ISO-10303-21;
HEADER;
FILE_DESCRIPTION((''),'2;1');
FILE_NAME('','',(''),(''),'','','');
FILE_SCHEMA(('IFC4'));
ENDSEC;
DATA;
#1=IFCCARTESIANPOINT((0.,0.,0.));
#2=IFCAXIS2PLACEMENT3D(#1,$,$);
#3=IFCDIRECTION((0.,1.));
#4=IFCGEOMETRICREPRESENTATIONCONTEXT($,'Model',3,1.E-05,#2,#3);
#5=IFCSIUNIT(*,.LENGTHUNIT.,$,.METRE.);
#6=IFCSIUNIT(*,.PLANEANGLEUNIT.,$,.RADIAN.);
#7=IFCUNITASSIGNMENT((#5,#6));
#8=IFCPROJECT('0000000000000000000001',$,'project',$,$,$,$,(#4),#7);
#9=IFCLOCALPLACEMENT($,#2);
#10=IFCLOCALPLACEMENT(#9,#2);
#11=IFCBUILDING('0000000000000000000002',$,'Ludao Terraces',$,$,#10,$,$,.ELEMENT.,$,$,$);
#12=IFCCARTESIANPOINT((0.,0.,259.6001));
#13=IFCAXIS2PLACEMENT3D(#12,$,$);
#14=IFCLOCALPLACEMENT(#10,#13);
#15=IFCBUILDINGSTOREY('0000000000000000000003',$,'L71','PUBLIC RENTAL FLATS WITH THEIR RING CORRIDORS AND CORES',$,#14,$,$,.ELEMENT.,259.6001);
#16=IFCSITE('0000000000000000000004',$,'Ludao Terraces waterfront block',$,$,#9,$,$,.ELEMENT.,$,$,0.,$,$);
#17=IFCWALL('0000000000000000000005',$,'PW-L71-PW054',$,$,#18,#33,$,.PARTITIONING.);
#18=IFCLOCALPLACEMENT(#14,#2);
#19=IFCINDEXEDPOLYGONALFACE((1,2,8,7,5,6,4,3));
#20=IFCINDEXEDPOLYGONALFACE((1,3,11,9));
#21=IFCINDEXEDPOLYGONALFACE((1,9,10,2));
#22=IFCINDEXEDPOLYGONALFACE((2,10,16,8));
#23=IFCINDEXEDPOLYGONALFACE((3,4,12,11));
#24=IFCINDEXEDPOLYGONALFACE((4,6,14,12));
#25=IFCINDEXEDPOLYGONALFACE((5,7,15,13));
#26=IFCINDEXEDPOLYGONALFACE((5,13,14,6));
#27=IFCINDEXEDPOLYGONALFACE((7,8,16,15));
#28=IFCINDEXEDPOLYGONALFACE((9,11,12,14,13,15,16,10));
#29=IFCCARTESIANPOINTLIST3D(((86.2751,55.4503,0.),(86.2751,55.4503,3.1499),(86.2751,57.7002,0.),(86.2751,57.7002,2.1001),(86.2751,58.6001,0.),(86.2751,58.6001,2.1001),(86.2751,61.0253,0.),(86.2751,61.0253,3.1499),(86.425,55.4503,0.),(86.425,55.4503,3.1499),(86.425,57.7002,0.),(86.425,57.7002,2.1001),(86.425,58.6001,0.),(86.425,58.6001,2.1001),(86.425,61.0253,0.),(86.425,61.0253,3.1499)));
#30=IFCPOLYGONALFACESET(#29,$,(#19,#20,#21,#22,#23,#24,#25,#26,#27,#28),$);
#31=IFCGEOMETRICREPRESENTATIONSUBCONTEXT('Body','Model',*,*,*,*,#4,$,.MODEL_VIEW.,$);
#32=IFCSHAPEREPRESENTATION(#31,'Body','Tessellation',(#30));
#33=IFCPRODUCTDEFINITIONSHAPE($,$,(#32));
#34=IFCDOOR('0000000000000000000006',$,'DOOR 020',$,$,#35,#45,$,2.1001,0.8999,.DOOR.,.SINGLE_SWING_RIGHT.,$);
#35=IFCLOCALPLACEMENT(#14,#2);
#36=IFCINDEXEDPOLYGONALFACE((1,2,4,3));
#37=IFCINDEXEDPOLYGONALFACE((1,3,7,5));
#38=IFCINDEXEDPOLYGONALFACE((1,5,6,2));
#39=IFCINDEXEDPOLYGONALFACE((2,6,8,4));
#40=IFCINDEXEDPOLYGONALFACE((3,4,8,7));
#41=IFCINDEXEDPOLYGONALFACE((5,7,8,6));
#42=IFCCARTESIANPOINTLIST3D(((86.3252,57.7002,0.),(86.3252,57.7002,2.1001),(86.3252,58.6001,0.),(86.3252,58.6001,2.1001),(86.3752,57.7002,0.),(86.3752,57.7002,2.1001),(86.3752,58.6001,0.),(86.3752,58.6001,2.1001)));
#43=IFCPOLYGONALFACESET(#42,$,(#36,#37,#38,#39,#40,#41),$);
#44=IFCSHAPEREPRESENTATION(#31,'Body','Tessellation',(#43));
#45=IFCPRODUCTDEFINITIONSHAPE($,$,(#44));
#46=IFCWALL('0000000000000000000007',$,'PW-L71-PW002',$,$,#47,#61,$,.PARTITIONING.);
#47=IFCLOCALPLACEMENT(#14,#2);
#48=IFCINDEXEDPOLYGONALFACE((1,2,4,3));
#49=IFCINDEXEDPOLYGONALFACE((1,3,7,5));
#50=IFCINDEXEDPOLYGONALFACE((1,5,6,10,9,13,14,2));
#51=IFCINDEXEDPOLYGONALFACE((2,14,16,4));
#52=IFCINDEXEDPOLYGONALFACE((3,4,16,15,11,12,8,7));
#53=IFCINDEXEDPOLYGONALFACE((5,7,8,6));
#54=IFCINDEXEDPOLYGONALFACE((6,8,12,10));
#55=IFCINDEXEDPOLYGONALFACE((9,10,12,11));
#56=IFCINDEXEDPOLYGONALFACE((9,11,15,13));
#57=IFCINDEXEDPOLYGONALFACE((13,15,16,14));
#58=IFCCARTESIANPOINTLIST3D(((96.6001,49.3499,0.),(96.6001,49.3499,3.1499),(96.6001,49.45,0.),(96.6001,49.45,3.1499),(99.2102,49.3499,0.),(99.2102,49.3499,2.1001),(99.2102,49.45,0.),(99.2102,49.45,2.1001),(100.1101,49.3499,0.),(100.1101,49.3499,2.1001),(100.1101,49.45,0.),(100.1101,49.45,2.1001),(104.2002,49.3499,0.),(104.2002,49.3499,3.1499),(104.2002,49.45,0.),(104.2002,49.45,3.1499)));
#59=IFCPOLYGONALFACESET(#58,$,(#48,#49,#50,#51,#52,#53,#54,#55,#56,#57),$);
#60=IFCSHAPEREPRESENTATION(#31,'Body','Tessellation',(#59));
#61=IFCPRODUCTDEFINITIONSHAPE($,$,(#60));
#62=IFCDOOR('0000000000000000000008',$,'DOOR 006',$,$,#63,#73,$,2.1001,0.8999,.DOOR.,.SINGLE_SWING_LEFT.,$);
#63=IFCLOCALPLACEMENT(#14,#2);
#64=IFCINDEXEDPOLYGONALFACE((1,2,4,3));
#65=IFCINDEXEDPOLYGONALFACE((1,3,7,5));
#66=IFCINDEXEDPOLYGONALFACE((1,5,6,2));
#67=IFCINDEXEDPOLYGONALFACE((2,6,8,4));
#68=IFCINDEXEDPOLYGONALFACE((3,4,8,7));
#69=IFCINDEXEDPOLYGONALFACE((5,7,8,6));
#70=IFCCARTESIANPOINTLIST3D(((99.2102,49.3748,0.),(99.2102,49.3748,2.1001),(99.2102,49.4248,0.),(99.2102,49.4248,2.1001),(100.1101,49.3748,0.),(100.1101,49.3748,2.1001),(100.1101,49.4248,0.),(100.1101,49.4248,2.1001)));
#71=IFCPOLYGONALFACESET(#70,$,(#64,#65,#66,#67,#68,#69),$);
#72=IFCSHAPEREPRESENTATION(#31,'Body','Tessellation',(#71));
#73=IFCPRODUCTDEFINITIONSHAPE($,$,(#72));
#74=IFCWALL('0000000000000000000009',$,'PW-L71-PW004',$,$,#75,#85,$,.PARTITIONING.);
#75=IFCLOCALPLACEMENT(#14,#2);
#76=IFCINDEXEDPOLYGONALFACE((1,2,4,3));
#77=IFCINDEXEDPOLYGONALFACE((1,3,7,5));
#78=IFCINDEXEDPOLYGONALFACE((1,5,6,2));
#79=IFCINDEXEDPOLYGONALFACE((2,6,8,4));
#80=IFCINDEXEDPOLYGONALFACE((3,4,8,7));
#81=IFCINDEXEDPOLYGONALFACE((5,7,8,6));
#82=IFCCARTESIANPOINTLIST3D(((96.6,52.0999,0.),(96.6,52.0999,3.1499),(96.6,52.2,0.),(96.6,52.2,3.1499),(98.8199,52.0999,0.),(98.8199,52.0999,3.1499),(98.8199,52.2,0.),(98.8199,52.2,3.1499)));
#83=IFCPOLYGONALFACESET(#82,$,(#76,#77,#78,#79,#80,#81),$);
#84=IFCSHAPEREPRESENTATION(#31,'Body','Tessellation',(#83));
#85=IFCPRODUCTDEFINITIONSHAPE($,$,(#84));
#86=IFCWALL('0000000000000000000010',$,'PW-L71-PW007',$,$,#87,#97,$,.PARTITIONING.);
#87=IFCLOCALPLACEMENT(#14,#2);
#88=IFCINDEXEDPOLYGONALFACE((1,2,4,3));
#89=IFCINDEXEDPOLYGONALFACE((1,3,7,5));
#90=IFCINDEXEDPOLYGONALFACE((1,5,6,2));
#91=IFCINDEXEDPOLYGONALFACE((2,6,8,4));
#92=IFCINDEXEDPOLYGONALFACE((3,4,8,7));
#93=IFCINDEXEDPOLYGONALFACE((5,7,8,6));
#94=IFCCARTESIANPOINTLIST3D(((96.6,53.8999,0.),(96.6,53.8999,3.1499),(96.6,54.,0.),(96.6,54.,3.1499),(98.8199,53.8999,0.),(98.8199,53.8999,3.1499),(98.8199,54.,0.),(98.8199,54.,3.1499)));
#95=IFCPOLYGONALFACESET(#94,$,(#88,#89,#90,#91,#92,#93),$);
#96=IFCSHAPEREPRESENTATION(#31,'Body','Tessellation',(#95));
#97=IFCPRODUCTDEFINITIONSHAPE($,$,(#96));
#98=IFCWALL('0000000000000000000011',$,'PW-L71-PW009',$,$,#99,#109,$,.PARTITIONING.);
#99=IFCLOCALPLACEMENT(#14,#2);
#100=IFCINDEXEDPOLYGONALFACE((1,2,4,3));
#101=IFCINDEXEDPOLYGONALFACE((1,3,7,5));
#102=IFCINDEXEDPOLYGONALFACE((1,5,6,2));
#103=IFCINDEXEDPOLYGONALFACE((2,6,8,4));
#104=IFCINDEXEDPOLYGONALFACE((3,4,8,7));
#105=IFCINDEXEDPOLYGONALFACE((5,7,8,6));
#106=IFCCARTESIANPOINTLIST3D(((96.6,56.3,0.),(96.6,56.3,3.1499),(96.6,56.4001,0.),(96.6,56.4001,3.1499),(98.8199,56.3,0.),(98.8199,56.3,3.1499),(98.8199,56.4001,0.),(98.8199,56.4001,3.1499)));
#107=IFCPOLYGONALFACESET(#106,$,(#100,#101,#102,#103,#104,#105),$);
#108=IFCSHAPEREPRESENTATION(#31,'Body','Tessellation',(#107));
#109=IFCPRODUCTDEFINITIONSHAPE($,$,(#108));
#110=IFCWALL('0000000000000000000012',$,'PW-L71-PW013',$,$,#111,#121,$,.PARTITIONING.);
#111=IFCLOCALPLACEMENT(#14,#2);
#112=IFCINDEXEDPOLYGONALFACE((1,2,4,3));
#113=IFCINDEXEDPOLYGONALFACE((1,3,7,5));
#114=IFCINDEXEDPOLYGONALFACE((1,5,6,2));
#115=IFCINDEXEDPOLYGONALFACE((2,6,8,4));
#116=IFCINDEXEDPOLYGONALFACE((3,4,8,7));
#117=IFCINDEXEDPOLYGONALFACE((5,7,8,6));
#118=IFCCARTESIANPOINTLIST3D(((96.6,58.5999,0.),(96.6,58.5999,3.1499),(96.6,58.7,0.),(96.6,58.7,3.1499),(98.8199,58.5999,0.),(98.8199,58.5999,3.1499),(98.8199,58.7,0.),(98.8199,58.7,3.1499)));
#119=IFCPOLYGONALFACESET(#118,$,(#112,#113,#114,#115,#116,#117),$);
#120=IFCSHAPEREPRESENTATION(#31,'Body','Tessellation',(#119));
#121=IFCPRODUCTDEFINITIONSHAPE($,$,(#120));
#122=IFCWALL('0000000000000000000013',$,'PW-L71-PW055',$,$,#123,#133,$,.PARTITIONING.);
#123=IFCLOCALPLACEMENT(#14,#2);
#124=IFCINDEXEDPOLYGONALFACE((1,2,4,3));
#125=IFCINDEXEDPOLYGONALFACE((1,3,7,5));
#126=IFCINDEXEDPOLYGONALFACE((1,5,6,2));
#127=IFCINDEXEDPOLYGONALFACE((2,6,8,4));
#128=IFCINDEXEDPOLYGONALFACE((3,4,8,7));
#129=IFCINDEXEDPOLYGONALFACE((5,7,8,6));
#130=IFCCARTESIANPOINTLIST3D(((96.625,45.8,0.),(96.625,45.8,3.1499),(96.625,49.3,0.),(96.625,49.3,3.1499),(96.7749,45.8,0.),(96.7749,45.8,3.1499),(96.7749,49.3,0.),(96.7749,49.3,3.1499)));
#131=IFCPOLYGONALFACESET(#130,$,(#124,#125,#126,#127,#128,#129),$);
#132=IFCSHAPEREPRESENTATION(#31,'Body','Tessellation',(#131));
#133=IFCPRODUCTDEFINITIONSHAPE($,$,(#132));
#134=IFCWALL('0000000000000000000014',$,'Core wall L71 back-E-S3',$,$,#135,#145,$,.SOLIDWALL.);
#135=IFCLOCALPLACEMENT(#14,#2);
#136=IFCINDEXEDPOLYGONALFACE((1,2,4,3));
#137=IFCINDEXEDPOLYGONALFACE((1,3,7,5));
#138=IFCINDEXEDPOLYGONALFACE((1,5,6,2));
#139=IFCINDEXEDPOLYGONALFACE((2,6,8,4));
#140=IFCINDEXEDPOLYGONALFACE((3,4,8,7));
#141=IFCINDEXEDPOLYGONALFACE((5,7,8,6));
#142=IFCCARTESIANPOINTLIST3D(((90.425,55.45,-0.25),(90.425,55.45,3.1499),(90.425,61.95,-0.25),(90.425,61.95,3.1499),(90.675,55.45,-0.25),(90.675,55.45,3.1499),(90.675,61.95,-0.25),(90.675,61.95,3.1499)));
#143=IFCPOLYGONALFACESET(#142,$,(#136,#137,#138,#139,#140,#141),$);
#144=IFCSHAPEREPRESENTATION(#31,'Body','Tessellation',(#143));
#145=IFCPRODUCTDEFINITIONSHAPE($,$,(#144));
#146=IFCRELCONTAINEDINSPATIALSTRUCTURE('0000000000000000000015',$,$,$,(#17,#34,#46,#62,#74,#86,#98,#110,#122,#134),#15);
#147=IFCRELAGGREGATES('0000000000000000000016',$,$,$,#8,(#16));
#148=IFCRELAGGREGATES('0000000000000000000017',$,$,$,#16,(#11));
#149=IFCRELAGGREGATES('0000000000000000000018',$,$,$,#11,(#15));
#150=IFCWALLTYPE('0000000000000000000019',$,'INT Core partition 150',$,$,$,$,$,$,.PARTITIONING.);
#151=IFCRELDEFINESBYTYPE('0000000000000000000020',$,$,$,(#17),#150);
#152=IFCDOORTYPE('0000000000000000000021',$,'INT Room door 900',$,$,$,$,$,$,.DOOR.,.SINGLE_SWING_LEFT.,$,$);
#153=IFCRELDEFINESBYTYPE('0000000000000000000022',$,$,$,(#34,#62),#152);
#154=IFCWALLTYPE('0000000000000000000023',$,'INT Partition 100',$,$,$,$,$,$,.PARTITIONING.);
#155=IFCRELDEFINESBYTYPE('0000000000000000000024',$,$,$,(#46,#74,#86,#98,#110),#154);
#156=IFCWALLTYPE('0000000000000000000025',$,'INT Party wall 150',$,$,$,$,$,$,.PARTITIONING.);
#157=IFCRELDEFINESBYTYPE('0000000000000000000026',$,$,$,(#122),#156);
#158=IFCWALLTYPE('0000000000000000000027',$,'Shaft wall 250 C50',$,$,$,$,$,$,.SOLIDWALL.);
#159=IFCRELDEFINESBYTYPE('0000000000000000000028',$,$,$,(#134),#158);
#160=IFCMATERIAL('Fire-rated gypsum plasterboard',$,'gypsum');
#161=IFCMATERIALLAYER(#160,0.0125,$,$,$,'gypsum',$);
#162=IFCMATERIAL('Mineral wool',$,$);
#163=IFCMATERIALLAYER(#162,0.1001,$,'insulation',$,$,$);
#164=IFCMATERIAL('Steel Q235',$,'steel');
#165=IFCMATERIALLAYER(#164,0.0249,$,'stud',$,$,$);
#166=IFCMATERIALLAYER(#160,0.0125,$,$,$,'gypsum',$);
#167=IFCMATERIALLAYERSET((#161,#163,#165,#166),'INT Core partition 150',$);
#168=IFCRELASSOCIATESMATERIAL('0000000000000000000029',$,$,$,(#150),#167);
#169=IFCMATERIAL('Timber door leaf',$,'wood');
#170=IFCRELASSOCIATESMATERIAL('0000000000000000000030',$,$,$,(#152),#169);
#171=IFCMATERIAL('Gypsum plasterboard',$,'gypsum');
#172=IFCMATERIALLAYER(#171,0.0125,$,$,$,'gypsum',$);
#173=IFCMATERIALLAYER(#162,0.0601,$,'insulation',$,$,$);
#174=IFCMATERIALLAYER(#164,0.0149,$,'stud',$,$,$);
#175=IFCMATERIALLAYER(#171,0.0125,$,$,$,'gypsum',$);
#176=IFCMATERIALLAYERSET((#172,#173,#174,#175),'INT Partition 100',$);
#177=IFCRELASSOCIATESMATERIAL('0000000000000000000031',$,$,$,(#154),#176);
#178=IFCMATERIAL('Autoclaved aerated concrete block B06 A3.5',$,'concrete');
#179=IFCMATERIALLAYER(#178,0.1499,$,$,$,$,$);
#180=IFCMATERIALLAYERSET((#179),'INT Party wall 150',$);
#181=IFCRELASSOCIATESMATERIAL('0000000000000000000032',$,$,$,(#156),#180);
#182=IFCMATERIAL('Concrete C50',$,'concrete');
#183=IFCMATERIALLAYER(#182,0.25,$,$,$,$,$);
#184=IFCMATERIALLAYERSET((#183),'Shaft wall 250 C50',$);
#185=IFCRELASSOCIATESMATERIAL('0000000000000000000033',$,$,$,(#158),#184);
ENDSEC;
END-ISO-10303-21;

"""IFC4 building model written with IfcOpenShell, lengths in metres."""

from ifc_helpers import new_model, si_unit, direction, frame, frame_2d, origin, place, context, subcontext, project, spatial, rectangle, extrude, material, layer, layer_set, type_object, element, fill, save


model = new_model("IFC4")

# Units and contexts
model_context = context("Model", 3, precision=1e-05, world=origin(), true_north=direction((0.0, 1.0)))
body_context = subcontext(model_context, "Body", "Model", "MODEL_VIEW")
ifc_project = project(units=[si_unit("LENGTHUNIT", "METRE"), si_unit("PLANEANGLEUNIT", "RADIAN")], contexts=[model_context])

# Site, building, storey
site_placement = place(None, origin())
site = spatial("IfcSite", under=ifc_project, at=site_placement, Name="Ludao Terraces waterfront block", CompositionType="ELEMENT", RefElevation=0.0)
building_placement = place(site_placement, origin())
building = spatial("IfcBuilding", under=site, at=building_placement, Name="Ludao Terraces", CompositionType="ELEMENT")
storey_placement = place(building_placement, frame((0.0, 0.0, 259.6001)))
storey = spatial("IfcBuildingStorey", under=building, at=storey_placement, Name="L71", Description="PUBLIC RENTAL FLATS WITH THEIR RING CORRIDORS AND CORES", CompositionType="ELEMENT", Elevation=259.6001)

# Shared definitions
ifc_material_1 = material(Name="Concrete C50", Category="concrete")
ifc_material_2 = material(Name="Steel Q235", Category="steel")

# Shared definitions
ifc_material_3 = material(Name="Mineral wool")

# Walls, openings, doors
ifc_material_4 = material(Name="Fire-rated gypsum plasterboard", Category="gypsum")
ifc_layer_1 = layer(ifc_material_4, 0.0125, Category="gypsum")
ifc_layer_2 = layer(ifc_material_3, 0.1001, Name="insulation")
ifc_layer_3 = layer(ifc_material_2, 0.0249, Name="stud")
ifc_layer_4 = layer(ifc_material_4, 0.0125, Category="gypsum")
ifc_layer_set_1 = layer_set([ifc_layer_1, ifc_layer_2, ifc_layer_3, ifc_layer_4], Name="INT Core partition 150")
wall_type_1 = type_object("IfcWallType", Name="INT Core partition 150", PredefinedType="PARTITIONING", material=ifc_layer_set_1)
wall_1_placement = place(storey_placement, frame((86.3501, 55.4502, 0.0), z_axis=(0.0, 0.0, 1.0), x_axis=(0.0, 1.0, 0.0)))
wall_1 = element("IfcWall", 1, at=wall_1_placement, inside=storey, type_object=wall_type_1, Name="PW-L71-PW054", PredefinedType="PARTITIONING", context=body_context, shape_type="SweptSolid", body=[
    extrude(rectangle(XDim=5.575, YDim=0.1499, at=frame_2d((2.7876, 0.0))), origin(), (0.0, 0.0, 1.0), 3.1499),
])
opening_1_placement = place(wall_1_placement, frame((2.25, 0.0, 0.0)))
opening_1 = element("IfcOpeningElement", 2, at=opening_1_placement, cuts=wall_1, PredefinedType="OPENING", context=body_context, shape_type="SweptSolid", body=[
    extrude(rectangle(XDim=0.8999, YDim=2.1001, at=frame_2d((0.45, 1.05))), frame((0.0, 0.085, 0.0), z_axis=(0.0, -1.0, 0.0), x_axis=(1.0, 0.0, 0.0)), (0.0, 0.0, 1.0), 0.1699),
])
ifc_material_5 = material(Name="Timber door leaf", Category="wood")
door_type_1 = type_object("IfcDoorType", Name="INT Room door 900", OperationType="SINGLE_SWING_LEFT", PredefinedType="DOOR", material=ifc_material_5)
door_1_placement = place(opening_1_placement, origin())
door_1 = element("IfcDoor", 3, at=door_1_placement, inside=storey, type_object=door_type_1, Name="DOOR 020", OperationType="SINGLE_SWING_RIGHT", OverallHeight=2.1001, OverallWidth=0.8999, PredefinedType="DOOR", context=body_context, shape_type="SweptSolid", body=[
    extrude(rectangle(XDim=0.8999, YDim=2.1001, at=frame_2d((0.45, 1.05))), frame((0.0, 0.0249, 0.0), z_axis=(0.0, -1.0, 0.0), x_axis=(1.0, 0.0, 0.0)), (0.0, 0.0, 1.0), 0.05),
])
fill(opening_1, door_1)
ifc_material_6 = material(Name="Gypsum plasterboard", Category="gypsum")
ifc_layer_5 = layer(ifc_material_6, 0.0125, Category="gypsum")
ifc_layer_6 = layer(ifc_material_3, 0.0601, Name="insulation")
ifc_layer_7 = layer(ifc_material_2, 0.0149, Name="stud")
ifc_layer_8 = layer(ifc_material_6, 0.0125, Category="gypsum")
ifc_layer_set_2 = layer_set([ifc_layer_5, ifc_layer_6, ifc_layer_7, ifc_layer_8], Name="INT Partition 100")
wall_type_2 = type_object("IfcWallType", Name="INT Partition 100", PredefinedType="PARTITIONING", material=ifc_layer_set_2)
wall_2_placement = place(storey_placement, frame((96.6001, 49.3999, 0.0), z_axis=(0.0, 0.0, 1.0), x_axis=(1.0, 0.0, 0.0)))
wall_2 = element("IfcWall", 4, at=wall_2_placement, inside=storey, type_object=wall_type_2, Name="PW-L71-PW002", PredefinedType="PARTITIONING", context=body_context, shape_type="SweptSolid", body=[
    extrude(rectangle(XDim=7.6001, YDim=0.1001, at=frame_2d((3.8, 0.0))), origin(), (0.0, 0.0, 1.0), 3.1499),
])
opening_2_placement = place(wall_2_placement, frame((2.6101, 0.0, 0.0)))
opening_2 = element("IfcOpeningElement", 5, at=opening_2_placement, cuts=wall_2, PredefinedType="OPENING", context=body_context, shape_type="SweptSolid", body=[
    extrude(rectangle(XDim=0.8999, YDim=2.1001, at=frame_2d((0.45, 1.05))), frame((0.0, 0.0601, 0.0), z_axis=(0.0, -1.0, 0.0), x_axis=(1.0, 0.0, 0.0)), (0.0, 0.0, 1.0), 0.1201),
])
door_2_placement = place(opening_2_placement, origin())
door_2 = element("IfcDoor", 6, at=door_2_placement, inside=storey, type_object=door_type_1, Name="DOOR 006", OperationType="SINGLE_SWING_LEFT", OverallHeight=2.1001, OverallWidth=0.8999, PredefinedType="DOOR", context=body_context, shape_type="SweptSolid", body=[
    extrude(rectangle(XDim=0.8999, YDim=2.1001, at=frame_2d((0.45, 1.05))), frame((0.0, 0.0249, 0.0), z_axis=(0.0, -1.0, 0.0), x_axis=(1.0, 0.0, 0.0)), (0.0, 0.0, 1.0), 0.05),
])
fill(opening_2, door_2)

# Walls
for number, where, z_axis, x_axis, name in (
    (7, (96.6001, 52.1499, 0.0), (0.0, 0.0, 1.0), (1.0, 0.0, 0.0), "PW-L71-PW004"),
    (8, (96.6001, 53.95, 0.0), (0.0, 0.0, 1.0), (1.0, 0.0, 0.0), "PW-L71-PW007"),
    (9, (96.6001, 56.3501, 0.0), (0.0, 0.0, 1.0), (1.0, 0.0, 0.0), "PW-L71-PW009"),
    (10, (96.6001, 58.6499, 0.0), (0.0, 0.0, 1.0), (1.0, 0.0, 0.0), "PW-L71-PW013"),
):
    element("IfcWall", number, at=place(storey_placement, frame(where, z_axis=z_axis, x_axis=x_axis)), inside=storey, type_object=wall_type_2, Name=name, PredefinedType="PARTITIONING", context=body_context, shape_type="SweptSolid", body=[
        extrude(rectangle(XDim=2.22, YDim=0.1001, at=frame_2d((1.1099, 0.0))), origin(), (0.0, 0.0, 1.0), 3.1499),
    ])
ifc_material_7 = material(Name="Autoclaved aerated concrete block B06 A3.5", Category="concrete")
ifc_layer_9 = layer(ifc_material_7, 0.1499)
ifc_layer_set_3 = layer_set([ifc_layer_9], Name="INT Party wall 150")
wall_type_3 = type_object("IfcWallType", Name="INT Party wall 150", PredefinedType="PARTITIONING", material=ifc_layer_set_3)
wall_3_placement = place(storey_placement, frame((96.7, 45.8, 0.0), z_axis=(0.0, 0.0, 1.0), x_axis=(0.0, 1.0, 0.0)))
element("IfcWall", 11, at=wall_3_placement, inside=storey, type_object=wall_type_3, Name="PW-L71-PW055", PredefinedType="PARTITIONING", context=body_context, shape_type="SweptSolid", body=[
    extrude(rectangle(XDim=3.5, YDim=0.1499, at=frame_2d((1.75, 0.0))), origin(), (0.0, 0.0, 1.0), 3.1499),
])
ifc_layer_10 = layer(ifc_material_1, 0.25)
ifc_layer_set_4 = layer_set([ifc_layer_10], Name="Shaft wall 250 C50")
wall_type_4 = type_object("IfcWallType", Name="Shaft wall 250 C50", PredefinedType="SOLIDWALL", material=ifc_layer_set_4)
wall_4_placement = place(storey_placement, frame((90.55, 55.45, -0.25), z_axis=(0.0, 0.0, 1.0), x_axis=(0.0, 1.0, 0.0)))
element("IfcWall", 12, at=wall_4_placement, inside=storey, type_object=wall_type_4, Name="Core wall L71 back-E-S3", PredefinedType="SOLIDWALL", context=body_context, shape_type="SweptSolid", body=[
    extrude(rectangle(XDim=6.5, YDim=0.25, at=frame_2d((3.25, 0.0))), origin(), (0.0, 0.0, 1.0), 3.3999),
])

save(model, "model.ifc")
